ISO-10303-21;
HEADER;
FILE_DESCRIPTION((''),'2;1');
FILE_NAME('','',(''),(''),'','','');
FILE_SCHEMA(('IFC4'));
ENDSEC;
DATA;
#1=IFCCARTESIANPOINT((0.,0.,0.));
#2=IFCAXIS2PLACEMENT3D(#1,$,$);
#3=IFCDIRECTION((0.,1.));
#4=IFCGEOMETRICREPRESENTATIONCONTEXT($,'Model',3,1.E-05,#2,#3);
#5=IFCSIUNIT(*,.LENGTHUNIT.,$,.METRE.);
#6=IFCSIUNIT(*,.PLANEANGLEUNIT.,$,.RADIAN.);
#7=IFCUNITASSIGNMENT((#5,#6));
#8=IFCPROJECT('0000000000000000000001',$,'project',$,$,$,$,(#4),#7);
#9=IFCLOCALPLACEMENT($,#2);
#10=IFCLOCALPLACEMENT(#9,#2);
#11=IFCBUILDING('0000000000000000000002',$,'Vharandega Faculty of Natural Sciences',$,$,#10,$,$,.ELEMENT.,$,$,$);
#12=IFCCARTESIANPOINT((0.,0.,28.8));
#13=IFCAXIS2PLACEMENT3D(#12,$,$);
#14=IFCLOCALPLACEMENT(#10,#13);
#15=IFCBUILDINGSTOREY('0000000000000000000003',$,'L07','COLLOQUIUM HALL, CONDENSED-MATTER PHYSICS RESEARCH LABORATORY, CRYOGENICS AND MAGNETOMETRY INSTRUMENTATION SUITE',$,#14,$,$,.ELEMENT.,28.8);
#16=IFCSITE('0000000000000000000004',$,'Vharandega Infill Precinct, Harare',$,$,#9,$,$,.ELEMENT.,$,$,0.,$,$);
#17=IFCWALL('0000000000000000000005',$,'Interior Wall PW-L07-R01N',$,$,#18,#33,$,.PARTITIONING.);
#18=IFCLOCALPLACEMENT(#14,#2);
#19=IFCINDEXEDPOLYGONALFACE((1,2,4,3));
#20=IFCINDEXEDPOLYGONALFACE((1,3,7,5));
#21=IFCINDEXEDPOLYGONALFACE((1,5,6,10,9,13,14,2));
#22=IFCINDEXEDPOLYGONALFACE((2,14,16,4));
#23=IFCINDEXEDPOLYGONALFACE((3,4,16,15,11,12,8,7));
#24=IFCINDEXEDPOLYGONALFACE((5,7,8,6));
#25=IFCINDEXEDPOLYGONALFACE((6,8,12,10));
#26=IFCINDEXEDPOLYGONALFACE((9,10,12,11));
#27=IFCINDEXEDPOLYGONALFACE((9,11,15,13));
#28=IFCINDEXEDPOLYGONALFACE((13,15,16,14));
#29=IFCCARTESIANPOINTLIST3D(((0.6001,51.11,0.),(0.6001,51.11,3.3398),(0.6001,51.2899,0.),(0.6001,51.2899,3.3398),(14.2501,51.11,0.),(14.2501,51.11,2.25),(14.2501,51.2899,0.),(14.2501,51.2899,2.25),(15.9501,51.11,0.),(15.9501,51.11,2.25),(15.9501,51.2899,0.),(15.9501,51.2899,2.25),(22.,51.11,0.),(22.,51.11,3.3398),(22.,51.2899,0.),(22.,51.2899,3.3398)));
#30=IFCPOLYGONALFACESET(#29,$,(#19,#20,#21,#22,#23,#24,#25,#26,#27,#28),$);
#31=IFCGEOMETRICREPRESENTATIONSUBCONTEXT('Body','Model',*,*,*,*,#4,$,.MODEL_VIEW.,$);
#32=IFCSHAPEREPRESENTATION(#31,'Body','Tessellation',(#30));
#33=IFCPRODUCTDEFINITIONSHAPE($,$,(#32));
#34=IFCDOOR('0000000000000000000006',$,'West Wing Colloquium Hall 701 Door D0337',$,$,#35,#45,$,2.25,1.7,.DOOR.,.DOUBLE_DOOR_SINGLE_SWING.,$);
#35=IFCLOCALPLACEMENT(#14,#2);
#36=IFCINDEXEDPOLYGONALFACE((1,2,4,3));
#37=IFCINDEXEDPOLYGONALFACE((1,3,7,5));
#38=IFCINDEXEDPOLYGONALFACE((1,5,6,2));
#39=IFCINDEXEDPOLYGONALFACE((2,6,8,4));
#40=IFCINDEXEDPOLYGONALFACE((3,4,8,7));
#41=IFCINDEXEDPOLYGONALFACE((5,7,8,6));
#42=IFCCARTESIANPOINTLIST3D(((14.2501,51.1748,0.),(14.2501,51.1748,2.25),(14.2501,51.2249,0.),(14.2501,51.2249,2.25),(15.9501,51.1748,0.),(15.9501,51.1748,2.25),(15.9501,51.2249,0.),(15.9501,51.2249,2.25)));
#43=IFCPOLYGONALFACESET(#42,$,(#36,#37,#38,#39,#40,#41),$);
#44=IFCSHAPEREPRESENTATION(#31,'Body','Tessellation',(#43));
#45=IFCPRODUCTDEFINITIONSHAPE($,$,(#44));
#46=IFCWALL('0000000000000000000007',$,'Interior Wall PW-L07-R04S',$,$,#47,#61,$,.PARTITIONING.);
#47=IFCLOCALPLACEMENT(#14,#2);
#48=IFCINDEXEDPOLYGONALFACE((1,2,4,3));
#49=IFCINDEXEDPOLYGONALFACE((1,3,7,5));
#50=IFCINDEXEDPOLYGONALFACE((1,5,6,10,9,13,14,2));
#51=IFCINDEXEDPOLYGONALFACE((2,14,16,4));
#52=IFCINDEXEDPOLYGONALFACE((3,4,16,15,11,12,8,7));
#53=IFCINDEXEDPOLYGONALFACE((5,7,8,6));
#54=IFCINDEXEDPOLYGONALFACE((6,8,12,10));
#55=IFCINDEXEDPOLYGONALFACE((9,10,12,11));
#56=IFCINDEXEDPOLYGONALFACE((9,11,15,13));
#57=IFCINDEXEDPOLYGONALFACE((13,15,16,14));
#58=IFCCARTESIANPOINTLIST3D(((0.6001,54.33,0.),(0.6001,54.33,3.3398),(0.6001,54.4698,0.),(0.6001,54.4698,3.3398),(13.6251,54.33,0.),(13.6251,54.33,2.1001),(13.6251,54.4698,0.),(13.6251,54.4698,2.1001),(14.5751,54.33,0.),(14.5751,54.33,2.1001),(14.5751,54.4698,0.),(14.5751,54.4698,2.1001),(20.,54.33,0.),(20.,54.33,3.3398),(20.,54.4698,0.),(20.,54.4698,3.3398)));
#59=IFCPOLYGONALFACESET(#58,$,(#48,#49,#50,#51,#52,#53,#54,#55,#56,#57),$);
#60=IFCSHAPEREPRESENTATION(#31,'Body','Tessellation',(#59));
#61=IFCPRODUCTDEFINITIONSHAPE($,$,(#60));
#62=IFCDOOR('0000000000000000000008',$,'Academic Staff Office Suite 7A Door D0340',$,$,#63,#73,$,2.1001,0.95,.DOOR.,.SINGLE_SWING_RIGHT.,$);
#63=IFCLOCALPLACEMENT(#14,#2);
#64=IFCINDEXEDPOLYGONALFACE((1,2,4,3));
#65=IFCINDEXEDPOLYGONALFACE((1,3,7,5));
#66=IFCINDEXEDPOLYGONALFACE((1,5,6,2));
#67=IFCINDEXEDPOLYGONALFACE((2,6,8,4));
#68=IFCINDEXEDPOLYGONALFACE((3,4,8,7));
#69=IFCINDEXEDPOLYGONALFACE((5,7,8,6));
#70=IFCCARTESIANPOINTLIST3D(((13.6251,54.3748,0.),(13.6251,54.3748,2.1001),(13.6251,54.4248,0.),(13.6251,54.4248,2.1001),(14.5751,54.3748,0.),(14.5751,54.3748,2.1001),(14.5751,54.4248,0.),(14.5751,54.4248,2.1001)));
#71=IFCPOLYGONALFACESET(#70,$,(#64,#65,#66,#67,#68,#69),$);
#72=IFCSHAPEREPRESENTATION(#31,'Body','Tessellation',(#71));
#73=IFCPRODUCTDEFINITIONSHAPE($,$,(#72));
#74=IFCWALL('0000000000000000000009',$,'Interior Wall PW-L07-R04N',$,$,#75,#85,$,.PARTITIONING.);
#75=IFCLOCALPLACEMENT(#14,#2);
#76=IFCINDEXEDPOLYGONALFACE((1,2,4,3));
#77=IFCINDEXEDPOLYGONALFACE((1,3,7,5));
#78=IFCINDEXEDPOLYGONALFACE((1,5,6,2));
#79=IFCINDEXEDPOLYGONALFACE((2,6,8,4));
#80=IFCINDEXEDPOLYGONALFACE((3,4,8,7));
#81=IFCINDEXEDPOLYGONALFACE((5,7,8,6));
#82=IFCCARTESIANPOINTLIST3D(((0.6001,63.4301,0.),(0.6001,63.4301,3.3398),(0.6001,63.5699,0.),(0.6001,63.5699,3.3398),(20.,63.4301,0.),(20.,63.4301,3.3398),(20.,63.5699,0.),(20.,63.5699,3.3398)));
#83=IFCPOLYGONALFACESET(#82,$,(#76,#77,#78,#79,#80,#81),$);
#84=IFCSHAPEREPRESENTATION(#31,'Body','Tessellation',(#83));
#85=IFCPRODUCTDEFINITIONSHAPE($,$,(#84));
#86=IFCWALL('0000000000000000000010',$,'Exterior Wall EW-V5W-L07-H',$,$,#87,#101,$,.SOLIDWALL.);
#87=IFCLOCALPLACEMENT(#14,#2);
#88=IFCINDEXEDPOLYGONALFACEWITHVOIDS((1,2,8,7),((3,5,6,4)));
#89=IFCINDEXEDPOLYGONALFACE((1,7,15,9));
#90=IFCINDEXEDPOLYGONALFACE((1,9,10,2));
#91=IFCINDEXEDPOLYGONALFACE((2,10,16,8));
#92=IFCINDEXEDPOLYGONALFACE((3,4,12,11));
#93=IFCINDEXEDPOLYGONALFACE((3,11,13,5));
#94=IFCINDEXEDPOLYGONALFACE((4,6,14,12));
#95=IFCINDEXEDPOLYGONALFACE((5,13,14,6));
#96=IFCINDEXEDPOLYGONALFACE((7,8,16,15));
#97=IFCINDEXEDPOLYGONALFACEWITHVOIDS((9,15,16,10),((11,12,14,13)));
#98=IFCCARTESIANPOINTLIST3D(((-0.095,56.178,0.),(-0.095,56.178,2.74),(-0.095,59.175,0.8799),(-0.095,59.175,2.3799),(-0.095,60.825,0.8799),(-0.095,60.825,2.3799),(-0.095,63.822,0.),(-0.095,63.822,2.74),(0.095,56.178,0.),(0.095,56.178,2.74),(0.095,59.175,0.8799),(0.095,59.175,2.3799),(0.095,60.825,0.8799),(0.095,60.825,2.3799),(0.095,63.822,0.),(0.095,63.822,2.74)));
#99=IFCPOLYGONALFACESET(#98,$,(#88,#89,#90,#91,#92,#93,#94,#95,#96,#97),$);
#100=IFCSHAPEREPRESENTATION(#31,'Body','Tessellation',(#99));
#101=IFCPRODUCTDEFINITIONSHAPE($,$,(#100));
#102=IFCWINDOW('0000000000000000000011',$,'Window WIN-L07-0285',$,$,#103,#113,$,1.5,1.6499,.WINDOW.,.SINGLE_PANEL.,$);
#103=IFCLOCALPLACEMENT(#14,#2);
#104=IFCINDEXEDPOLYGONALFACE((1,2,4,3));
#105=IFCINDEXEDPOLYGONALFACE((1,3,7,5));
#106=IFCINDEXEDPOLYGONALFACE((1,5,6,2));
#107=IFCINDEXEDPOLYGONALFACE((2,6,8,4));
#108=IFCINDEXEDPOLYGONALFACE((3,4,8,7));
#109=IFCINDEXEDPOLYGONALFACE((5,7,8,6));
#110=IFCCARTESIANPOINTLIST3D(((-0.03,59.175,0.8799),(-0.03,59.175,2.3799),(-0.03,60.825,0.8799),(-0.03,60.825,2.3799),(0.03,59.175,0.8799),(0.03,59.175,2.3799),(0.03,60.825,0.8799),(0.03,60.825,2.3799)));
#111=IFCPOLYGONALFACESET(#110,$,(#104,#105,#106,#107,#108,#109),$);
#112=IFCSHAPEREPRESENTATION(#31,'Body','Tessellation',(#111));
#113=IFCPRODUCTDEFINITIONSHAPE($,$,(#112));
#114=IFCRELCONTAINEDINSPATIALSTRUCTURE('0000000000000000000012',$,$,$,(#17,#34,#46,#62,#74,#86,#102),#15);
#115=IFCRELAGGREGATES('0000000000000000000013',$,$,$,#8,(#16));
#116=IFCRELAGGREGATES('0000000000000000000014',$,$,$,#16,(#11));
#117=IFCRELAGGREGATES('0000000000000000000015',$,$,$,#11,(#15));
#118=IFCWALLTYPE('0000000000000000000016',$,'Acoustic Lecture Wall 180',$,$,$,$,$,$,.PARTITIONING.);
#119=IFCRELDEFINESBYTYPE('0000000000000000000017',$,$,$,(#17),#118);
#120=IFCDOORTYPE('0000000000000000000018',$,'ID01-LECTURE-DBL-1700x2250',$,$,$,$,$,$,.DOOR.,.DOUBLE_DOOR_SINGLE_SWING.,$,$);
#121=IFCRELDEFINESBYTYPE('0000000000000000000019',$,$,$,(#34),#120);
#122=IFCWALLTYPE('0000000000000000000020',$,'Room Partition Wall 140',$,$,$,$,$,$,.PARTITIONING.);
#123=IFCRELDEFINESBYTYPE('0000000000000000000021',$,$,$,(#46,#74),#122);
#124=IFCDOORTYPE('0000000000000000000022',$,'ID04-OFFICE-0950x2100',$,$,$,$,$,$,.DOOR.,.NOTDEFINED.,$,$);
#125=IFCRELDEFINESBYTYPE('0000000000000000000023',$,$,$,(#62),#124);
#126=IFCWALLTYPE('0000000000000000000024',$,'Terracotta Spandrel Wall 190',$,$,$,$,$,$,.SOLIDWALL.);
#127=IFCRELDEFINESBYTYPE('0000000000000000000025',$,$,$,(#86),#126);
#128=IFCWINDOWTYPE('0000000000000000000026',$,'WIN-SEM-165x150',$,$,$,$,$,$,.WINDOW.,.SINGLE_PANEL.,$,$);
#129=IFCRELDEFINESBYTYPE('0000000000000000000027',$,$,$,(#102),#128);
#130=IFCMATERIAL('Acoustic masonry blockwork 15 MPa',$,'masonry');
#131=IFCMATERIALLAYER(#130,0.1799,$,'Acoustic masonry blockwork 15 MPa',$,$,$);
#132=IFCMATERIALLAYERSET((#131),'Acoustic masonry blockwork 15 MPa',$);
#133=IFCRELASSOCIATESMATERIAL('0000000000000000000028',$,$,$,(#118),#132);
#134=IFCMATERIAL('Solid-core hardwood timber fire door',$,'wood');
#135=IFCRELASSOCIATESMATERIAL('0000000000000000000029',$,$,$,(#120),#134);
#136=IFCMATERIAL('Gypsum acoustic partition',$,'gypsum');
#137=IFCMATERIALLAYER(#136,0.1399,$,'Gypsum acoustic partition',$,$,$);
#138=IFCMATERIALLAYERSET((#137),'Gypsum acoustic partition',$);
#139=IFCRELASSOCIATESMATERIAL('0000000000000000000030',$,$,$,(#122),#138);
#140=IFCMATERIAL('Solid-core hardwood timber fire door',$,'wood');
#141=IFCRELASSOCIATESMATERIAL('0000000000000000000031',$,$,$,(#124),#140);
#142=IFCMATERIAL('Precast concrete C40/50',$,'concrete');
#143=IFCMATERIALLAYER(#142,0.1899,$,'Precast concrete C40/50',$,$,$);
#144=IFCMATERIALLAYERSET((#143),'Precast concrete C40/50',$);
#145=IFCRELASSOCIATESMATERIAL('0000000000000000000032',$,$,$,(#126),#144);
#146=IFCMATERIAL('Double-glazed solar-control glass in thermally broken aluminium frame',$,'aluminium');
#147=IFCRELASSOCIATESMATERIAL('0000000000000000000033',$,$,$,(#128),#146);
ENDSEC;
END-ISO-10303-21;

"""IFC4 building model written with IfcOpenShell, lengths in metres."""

from ifc_helpers import new_model, si_unit, direction, frame, frame_2d, origin, place, context, subcontext, project, spatial, rectangle, extrude, material, layer, layer_set, type_object, element, fill, save


model = new_model("IFC4")

# Units and contexts
model_context = context("Model", 3, precision=1e-05, world=origin(), true_north=direction((0.0, 1.0)))
body_context = subcontext(model_context, "Body", "Model", "MODEL_VIEW")
ifc_project = project(units=[si_unit("LENGTHUNIT", "METRE"), si_unit("PLANEANGLEUNIT", "RADIAN")], contexts=[model_context])

# Site, building, storey
site_placement = place(None, origin())
site = spatial("IfcSite", under=ifc_project, at=site_placement, Name="Vharandega Infill Precinct, Harare", CompositionType="ELEMENT", RefElevation=0.0)
building_placement = place(site_placement, origin())
building = spatial("IfcBuilding", under=site, at=building_placement, Name="Vharandega Faculty of Natural Sciences", CompositionType="ELEMENT")
storey_placement = place(building_placement, frame((0.0, 0.0, 28.8)))
storey = spatial("IfcBuildingStorey", under=building, at=storey_placement, Name="L07", Description="COLLOQUIUM HALL, CONDENSED-MATTER PHYSICS RESEARCH LABORATORY, CRYOGENICS AND MAGNETOMETRY INSTRUMENTATION SUITE", CompositionType="ELEMENT", Elevation=28.8)

# Walls, openings, doors
ifc_material_1 = material(Name="Acoustic masonry blockwork 15 MPa", Category="masonry")
ifc_layer_1 = layer(ifc_material_1, 0.1799, Name="Acoustic masonry blockwork 15 MPa")
ifc_layer_set_1 = layer_set([ifc_layer_1], Name="Acoustic masonry blockwork 15 MPa")
wall_type_1 = type_object("IfcWallType", Name="Acoustic Lecture Wall 180", PredefinedType="PARTITIONING", material=ifc_layer_set_1)
wall_1_placement = place(storey_placement, frame((0.6001, 51.2, 0.0), z_axis=(0.0, 0.0, 1.0), x_axis=(1.0, 0.0, 0.0)))
wall_1 = element("IfcWall", 1, at=wall_1_placement, inside=storey, type_object=wall_type_1, Name="Interior Wall PW-L07-R01N", PredefinedType="PARTITIONING", context=body_context, shape_type="SweptSolid", body=[
    extrude(rectangle(XDim=21.3999, YDim=0.1799, at=frame_2d((10.7, 0.0))), origin(), (0.0, 0.0, 1.0), 3.3398),
])
opening_1_placement = place(wall_1_placement, frame((13.6499, 0.0, 0.0)))
opening_1 = element("IfcOpeningElement", 2, at=opening_1_placement, cuts=wall_1, PredefinedType="OPENING", context=body_context, shape_type="SweptSolid", body=[
    extrude(rectangle(XDim=1.7, YDim=2.25, at=frame_2d((0.8501, 1.125))), frame((0.0, 0.1001, 0.0), z_axis=(0.0, -1.0, 0.0), x_axis=(1.0, 0.0, 0.0)), (0.0, 0.0, 1.0), 0.2),
])
ifc_material_2 = material(Name="Solid-core hardwood timber fire door", Category="wood")
door_type_1 = type_object("IfcDoorType", Name="ID01-LECTURE-DBL-1700x2250", OperationType="DOUBLE_DOOR_SINGLE_SWING", PredefinedType="DOOR", material=ifc_material_2)
door_1_placement = place(opening_1_placement, origin())
door_1 = element("IfcDoor", 3, at=door_1_placement, inside=storey, type_object=door_type_1, Name="West Wing Colloquium Hall 701 Door D0337", OperationType="DOUBLE_DOOR_SINGLE_SWING", OverallHeight=2.25, OverallWidth=1.7, PredefinedType="DOOR", context=body_context, shape_type="SweptSolid", body=[
    extrude(rectangle(XDim=1.7, YDim=2.25, at=frame_2d((0.8501, 1.125))), frame((0.0, 0.0249, 0.0), z_axis=(0.0, -1.0, 0.0), x_axis=(1.0, 0.0, 0.0)), (0.0, 0.0, 1.0), 0.05),
])
fill(opening_1, door_1)
ifc_material_3 = material(Name="Gypsum acoustic partition", Category="gypsum")
ifc_layer_2 = layer(ifc_material_3, 0.1399, Name="Gypsum acoustic partition")
ifc_layer_set_2 = layer_set([ifc_layer_2], Name="Gypsum acoustic partition")
wall_type_2 = type_object("IfcWallType", Name="Room Partition Wall 140", PredefinedType="PARTITIONING", material=ifc_layer_set_2)
wall_2_placement = place(storey_placement, frame((0.6001, 54.3999, 0.0), z_axis=(0.0, 0.0, 1.0), x_axis=(1.0, 0.0, 0.0)))
wall_2 = element("IfcWall", 4, at=wall_2_placement, inside=storey, type_object=wall_type_2, Name="Interior Wall PW-L07-R04S", PredefinedType="PARTITIONING", context=body_context, shape_type="SweptSolid", body=[
    extrude(rectangle(XDim=19.3999, YDim=0.1399, at=frame_2d((9.7, 0.0))), origin(), (0.0, 0.0, 1.0), 3.3398),
])
opening_2_placement = place(wall_2_placement, frame((13.0249, 0.0, 0.0)))
opening_2 = element("IfcOpeningElement", 5, at=opening_2_placement, cuts=wall_2, PredefinedType="OPENING", context=body_context, shape_type="SweptSolid", body=[
    extrude(rectangle(XDim=0.95, YDim=2.1001, at=frame_2d((0.4751, 1.05))), frame((0.0, 0.0801, 0.0), z_axis=(0.0, -1.0, 0.0), x_axis=(1.0, 0.0, 0.0)), (0.0, 0.0, 1.0), 0.1599),
])
ifc_material_4 = material(Name="Solid-core hardwood timber fire door", Category="wood")
door_type_2 = type_object("IfcDoorType", Name="ID04-OFFICE-0950x2100", OperationType="NOTDEFINED", PredefinedType="DOOR", material=ifc_material_4)
door_2_placement = place(opening_2_placement, origin())
door_2 = element("IfcDoor", 6, at=door_2_placement, inside=storey, type_object=door_type_2, Name="Academic Staff Office Suite 7A Door D0340", OperationType="SINGLE_SWING_RIGHT", OverallHeight=2.1001, OverallWidth=0.95, PredefinedType="DOOR", context=body_context, shape_type="SweptSolid", body=[
    extrude(rectangle(XDim=0.95, YDim=2.1001, at=frame_2d((0.4751, 1.05))), frame((0.0, 0.0249, 0.0), z_axis=(0.0, -1.0, 0.0), x_axis=(1.0, 0.0, 0.0)), (0.0, 0.0, 1.0), 0.05),
])
fill(opening_2, door_2)

# Wall
wall_3_placement = place(storey_placement, frame((0.6001, 63.5, 0.0), z_axis=(0.0, 0.0, 1.0), x_axis=(1.0, 0.0, 0.0)))
element("IfcWall", 7, at=wall_3_placement, inside=storey, type_object=wall_type_2, Name="Interior Wall PW-L07-R04N", PredefinedType="PARTITIONING", context=body_context, shape_type="SweptSolid", body=[
    extrude(rectangle(XDim=19.3999, YDim=0.1399, at=frame_2d((9.7, 0.0))), origin(), (0.0, 0.0, 1.0), 3.3398),
])

# Wall, opening, window
ifc_material_5 = material(Name="Precast concrete C40/50", Category="concrete")
ifc_layer_3 = layer(ifc_material_5, 0.1899, Name="Precast concrete C40/50")
ifc_layer_set_3 = layer_set([ifc_layer_3], Name="Precast concrete C40/50")
wall_type_3 = type_object("IfcWallType", Name="Terracotta Spandrel Wall 190", PredefinedType="SOLIDWALL", material=ifc_layer_set_3)
wall_4_placement = place(storey_placement, frame((0.0, 56.178, 0.0), z_axis=(0.0, 0.0, 1.0), x_axis=(0.0, 1.0, 0.0)))
wall_4 = element("IfcWall", 8, at=wall_4_placement, inside=storey, type_object=wall_type_3, Name="Exterior Wall EW-V5W-L07-H", PredefinedType="SOLIDWALL", context=body_context, shape_type="SweptSolid", body=[
    extrude(rectangle(XDim=7.644, YDim=0.1899, at=frame_2d((3.822, 0.0))), origin(), (0.0, 0.0, 1.0), 2.74),
])
opening_3_placement = place(wall_4_placement, frame((2.9971, 0.0, 0.8799)))
opening_3 = element("IfcOpeningElement", 9, at=opening_3_placement, cuts=wall_4, PredefinedType="OPENING", context=body_context, shape_type="SweptSolid", body=[
    extrude(rectangle(XDim=1.6499, YDim=1.5, at=frame_2d((0.825, 0.75))), frame((0.0, 0.105, 0.0), z_axis=(0.0, -1.0, 0.0), x_axis=(1.0, 0.0, 0.0)), (0.0, 0.0, 1.0), 0.21),
])
ifc_material_6 = material(Name="Double-glazed solar-control glass in thermally broken aluminium frame", Category="aluminium")
window_type = type_object("IfcWindowType", Name="WIN-SEM-165x150", PartitioningType="SINGLE_PANEL", PredefinedType="WINDOW", material=ifc_material_6)
window_placement = place(opening_3_placement, origin())
window = element("IfcWindow", 10, at=window_placement, inside=storey, type_object=window_type, Name="Window WIN-L07-0285", OverallHeight=1.5, OverallWidth=1.6499, PartitioningType="SINGLE_PANEL", PredefinedType="WINDOW", context=body_context, shape_type="SweptSolid", body=[
    extrude(rectangle(XDim=1.6499, YDim=1.5, at=frame_2d((0.825, 0.75))), frame((0.0, 0.03, 0.0), z_axis=(0.0, -1.0, 0.0), x_axis=(1.0, 0.0, 0.0)), (0.0, 0.0, 1.0), 0.0601),
])
fill(opening_3, window)

save(model, "model.ifc")
